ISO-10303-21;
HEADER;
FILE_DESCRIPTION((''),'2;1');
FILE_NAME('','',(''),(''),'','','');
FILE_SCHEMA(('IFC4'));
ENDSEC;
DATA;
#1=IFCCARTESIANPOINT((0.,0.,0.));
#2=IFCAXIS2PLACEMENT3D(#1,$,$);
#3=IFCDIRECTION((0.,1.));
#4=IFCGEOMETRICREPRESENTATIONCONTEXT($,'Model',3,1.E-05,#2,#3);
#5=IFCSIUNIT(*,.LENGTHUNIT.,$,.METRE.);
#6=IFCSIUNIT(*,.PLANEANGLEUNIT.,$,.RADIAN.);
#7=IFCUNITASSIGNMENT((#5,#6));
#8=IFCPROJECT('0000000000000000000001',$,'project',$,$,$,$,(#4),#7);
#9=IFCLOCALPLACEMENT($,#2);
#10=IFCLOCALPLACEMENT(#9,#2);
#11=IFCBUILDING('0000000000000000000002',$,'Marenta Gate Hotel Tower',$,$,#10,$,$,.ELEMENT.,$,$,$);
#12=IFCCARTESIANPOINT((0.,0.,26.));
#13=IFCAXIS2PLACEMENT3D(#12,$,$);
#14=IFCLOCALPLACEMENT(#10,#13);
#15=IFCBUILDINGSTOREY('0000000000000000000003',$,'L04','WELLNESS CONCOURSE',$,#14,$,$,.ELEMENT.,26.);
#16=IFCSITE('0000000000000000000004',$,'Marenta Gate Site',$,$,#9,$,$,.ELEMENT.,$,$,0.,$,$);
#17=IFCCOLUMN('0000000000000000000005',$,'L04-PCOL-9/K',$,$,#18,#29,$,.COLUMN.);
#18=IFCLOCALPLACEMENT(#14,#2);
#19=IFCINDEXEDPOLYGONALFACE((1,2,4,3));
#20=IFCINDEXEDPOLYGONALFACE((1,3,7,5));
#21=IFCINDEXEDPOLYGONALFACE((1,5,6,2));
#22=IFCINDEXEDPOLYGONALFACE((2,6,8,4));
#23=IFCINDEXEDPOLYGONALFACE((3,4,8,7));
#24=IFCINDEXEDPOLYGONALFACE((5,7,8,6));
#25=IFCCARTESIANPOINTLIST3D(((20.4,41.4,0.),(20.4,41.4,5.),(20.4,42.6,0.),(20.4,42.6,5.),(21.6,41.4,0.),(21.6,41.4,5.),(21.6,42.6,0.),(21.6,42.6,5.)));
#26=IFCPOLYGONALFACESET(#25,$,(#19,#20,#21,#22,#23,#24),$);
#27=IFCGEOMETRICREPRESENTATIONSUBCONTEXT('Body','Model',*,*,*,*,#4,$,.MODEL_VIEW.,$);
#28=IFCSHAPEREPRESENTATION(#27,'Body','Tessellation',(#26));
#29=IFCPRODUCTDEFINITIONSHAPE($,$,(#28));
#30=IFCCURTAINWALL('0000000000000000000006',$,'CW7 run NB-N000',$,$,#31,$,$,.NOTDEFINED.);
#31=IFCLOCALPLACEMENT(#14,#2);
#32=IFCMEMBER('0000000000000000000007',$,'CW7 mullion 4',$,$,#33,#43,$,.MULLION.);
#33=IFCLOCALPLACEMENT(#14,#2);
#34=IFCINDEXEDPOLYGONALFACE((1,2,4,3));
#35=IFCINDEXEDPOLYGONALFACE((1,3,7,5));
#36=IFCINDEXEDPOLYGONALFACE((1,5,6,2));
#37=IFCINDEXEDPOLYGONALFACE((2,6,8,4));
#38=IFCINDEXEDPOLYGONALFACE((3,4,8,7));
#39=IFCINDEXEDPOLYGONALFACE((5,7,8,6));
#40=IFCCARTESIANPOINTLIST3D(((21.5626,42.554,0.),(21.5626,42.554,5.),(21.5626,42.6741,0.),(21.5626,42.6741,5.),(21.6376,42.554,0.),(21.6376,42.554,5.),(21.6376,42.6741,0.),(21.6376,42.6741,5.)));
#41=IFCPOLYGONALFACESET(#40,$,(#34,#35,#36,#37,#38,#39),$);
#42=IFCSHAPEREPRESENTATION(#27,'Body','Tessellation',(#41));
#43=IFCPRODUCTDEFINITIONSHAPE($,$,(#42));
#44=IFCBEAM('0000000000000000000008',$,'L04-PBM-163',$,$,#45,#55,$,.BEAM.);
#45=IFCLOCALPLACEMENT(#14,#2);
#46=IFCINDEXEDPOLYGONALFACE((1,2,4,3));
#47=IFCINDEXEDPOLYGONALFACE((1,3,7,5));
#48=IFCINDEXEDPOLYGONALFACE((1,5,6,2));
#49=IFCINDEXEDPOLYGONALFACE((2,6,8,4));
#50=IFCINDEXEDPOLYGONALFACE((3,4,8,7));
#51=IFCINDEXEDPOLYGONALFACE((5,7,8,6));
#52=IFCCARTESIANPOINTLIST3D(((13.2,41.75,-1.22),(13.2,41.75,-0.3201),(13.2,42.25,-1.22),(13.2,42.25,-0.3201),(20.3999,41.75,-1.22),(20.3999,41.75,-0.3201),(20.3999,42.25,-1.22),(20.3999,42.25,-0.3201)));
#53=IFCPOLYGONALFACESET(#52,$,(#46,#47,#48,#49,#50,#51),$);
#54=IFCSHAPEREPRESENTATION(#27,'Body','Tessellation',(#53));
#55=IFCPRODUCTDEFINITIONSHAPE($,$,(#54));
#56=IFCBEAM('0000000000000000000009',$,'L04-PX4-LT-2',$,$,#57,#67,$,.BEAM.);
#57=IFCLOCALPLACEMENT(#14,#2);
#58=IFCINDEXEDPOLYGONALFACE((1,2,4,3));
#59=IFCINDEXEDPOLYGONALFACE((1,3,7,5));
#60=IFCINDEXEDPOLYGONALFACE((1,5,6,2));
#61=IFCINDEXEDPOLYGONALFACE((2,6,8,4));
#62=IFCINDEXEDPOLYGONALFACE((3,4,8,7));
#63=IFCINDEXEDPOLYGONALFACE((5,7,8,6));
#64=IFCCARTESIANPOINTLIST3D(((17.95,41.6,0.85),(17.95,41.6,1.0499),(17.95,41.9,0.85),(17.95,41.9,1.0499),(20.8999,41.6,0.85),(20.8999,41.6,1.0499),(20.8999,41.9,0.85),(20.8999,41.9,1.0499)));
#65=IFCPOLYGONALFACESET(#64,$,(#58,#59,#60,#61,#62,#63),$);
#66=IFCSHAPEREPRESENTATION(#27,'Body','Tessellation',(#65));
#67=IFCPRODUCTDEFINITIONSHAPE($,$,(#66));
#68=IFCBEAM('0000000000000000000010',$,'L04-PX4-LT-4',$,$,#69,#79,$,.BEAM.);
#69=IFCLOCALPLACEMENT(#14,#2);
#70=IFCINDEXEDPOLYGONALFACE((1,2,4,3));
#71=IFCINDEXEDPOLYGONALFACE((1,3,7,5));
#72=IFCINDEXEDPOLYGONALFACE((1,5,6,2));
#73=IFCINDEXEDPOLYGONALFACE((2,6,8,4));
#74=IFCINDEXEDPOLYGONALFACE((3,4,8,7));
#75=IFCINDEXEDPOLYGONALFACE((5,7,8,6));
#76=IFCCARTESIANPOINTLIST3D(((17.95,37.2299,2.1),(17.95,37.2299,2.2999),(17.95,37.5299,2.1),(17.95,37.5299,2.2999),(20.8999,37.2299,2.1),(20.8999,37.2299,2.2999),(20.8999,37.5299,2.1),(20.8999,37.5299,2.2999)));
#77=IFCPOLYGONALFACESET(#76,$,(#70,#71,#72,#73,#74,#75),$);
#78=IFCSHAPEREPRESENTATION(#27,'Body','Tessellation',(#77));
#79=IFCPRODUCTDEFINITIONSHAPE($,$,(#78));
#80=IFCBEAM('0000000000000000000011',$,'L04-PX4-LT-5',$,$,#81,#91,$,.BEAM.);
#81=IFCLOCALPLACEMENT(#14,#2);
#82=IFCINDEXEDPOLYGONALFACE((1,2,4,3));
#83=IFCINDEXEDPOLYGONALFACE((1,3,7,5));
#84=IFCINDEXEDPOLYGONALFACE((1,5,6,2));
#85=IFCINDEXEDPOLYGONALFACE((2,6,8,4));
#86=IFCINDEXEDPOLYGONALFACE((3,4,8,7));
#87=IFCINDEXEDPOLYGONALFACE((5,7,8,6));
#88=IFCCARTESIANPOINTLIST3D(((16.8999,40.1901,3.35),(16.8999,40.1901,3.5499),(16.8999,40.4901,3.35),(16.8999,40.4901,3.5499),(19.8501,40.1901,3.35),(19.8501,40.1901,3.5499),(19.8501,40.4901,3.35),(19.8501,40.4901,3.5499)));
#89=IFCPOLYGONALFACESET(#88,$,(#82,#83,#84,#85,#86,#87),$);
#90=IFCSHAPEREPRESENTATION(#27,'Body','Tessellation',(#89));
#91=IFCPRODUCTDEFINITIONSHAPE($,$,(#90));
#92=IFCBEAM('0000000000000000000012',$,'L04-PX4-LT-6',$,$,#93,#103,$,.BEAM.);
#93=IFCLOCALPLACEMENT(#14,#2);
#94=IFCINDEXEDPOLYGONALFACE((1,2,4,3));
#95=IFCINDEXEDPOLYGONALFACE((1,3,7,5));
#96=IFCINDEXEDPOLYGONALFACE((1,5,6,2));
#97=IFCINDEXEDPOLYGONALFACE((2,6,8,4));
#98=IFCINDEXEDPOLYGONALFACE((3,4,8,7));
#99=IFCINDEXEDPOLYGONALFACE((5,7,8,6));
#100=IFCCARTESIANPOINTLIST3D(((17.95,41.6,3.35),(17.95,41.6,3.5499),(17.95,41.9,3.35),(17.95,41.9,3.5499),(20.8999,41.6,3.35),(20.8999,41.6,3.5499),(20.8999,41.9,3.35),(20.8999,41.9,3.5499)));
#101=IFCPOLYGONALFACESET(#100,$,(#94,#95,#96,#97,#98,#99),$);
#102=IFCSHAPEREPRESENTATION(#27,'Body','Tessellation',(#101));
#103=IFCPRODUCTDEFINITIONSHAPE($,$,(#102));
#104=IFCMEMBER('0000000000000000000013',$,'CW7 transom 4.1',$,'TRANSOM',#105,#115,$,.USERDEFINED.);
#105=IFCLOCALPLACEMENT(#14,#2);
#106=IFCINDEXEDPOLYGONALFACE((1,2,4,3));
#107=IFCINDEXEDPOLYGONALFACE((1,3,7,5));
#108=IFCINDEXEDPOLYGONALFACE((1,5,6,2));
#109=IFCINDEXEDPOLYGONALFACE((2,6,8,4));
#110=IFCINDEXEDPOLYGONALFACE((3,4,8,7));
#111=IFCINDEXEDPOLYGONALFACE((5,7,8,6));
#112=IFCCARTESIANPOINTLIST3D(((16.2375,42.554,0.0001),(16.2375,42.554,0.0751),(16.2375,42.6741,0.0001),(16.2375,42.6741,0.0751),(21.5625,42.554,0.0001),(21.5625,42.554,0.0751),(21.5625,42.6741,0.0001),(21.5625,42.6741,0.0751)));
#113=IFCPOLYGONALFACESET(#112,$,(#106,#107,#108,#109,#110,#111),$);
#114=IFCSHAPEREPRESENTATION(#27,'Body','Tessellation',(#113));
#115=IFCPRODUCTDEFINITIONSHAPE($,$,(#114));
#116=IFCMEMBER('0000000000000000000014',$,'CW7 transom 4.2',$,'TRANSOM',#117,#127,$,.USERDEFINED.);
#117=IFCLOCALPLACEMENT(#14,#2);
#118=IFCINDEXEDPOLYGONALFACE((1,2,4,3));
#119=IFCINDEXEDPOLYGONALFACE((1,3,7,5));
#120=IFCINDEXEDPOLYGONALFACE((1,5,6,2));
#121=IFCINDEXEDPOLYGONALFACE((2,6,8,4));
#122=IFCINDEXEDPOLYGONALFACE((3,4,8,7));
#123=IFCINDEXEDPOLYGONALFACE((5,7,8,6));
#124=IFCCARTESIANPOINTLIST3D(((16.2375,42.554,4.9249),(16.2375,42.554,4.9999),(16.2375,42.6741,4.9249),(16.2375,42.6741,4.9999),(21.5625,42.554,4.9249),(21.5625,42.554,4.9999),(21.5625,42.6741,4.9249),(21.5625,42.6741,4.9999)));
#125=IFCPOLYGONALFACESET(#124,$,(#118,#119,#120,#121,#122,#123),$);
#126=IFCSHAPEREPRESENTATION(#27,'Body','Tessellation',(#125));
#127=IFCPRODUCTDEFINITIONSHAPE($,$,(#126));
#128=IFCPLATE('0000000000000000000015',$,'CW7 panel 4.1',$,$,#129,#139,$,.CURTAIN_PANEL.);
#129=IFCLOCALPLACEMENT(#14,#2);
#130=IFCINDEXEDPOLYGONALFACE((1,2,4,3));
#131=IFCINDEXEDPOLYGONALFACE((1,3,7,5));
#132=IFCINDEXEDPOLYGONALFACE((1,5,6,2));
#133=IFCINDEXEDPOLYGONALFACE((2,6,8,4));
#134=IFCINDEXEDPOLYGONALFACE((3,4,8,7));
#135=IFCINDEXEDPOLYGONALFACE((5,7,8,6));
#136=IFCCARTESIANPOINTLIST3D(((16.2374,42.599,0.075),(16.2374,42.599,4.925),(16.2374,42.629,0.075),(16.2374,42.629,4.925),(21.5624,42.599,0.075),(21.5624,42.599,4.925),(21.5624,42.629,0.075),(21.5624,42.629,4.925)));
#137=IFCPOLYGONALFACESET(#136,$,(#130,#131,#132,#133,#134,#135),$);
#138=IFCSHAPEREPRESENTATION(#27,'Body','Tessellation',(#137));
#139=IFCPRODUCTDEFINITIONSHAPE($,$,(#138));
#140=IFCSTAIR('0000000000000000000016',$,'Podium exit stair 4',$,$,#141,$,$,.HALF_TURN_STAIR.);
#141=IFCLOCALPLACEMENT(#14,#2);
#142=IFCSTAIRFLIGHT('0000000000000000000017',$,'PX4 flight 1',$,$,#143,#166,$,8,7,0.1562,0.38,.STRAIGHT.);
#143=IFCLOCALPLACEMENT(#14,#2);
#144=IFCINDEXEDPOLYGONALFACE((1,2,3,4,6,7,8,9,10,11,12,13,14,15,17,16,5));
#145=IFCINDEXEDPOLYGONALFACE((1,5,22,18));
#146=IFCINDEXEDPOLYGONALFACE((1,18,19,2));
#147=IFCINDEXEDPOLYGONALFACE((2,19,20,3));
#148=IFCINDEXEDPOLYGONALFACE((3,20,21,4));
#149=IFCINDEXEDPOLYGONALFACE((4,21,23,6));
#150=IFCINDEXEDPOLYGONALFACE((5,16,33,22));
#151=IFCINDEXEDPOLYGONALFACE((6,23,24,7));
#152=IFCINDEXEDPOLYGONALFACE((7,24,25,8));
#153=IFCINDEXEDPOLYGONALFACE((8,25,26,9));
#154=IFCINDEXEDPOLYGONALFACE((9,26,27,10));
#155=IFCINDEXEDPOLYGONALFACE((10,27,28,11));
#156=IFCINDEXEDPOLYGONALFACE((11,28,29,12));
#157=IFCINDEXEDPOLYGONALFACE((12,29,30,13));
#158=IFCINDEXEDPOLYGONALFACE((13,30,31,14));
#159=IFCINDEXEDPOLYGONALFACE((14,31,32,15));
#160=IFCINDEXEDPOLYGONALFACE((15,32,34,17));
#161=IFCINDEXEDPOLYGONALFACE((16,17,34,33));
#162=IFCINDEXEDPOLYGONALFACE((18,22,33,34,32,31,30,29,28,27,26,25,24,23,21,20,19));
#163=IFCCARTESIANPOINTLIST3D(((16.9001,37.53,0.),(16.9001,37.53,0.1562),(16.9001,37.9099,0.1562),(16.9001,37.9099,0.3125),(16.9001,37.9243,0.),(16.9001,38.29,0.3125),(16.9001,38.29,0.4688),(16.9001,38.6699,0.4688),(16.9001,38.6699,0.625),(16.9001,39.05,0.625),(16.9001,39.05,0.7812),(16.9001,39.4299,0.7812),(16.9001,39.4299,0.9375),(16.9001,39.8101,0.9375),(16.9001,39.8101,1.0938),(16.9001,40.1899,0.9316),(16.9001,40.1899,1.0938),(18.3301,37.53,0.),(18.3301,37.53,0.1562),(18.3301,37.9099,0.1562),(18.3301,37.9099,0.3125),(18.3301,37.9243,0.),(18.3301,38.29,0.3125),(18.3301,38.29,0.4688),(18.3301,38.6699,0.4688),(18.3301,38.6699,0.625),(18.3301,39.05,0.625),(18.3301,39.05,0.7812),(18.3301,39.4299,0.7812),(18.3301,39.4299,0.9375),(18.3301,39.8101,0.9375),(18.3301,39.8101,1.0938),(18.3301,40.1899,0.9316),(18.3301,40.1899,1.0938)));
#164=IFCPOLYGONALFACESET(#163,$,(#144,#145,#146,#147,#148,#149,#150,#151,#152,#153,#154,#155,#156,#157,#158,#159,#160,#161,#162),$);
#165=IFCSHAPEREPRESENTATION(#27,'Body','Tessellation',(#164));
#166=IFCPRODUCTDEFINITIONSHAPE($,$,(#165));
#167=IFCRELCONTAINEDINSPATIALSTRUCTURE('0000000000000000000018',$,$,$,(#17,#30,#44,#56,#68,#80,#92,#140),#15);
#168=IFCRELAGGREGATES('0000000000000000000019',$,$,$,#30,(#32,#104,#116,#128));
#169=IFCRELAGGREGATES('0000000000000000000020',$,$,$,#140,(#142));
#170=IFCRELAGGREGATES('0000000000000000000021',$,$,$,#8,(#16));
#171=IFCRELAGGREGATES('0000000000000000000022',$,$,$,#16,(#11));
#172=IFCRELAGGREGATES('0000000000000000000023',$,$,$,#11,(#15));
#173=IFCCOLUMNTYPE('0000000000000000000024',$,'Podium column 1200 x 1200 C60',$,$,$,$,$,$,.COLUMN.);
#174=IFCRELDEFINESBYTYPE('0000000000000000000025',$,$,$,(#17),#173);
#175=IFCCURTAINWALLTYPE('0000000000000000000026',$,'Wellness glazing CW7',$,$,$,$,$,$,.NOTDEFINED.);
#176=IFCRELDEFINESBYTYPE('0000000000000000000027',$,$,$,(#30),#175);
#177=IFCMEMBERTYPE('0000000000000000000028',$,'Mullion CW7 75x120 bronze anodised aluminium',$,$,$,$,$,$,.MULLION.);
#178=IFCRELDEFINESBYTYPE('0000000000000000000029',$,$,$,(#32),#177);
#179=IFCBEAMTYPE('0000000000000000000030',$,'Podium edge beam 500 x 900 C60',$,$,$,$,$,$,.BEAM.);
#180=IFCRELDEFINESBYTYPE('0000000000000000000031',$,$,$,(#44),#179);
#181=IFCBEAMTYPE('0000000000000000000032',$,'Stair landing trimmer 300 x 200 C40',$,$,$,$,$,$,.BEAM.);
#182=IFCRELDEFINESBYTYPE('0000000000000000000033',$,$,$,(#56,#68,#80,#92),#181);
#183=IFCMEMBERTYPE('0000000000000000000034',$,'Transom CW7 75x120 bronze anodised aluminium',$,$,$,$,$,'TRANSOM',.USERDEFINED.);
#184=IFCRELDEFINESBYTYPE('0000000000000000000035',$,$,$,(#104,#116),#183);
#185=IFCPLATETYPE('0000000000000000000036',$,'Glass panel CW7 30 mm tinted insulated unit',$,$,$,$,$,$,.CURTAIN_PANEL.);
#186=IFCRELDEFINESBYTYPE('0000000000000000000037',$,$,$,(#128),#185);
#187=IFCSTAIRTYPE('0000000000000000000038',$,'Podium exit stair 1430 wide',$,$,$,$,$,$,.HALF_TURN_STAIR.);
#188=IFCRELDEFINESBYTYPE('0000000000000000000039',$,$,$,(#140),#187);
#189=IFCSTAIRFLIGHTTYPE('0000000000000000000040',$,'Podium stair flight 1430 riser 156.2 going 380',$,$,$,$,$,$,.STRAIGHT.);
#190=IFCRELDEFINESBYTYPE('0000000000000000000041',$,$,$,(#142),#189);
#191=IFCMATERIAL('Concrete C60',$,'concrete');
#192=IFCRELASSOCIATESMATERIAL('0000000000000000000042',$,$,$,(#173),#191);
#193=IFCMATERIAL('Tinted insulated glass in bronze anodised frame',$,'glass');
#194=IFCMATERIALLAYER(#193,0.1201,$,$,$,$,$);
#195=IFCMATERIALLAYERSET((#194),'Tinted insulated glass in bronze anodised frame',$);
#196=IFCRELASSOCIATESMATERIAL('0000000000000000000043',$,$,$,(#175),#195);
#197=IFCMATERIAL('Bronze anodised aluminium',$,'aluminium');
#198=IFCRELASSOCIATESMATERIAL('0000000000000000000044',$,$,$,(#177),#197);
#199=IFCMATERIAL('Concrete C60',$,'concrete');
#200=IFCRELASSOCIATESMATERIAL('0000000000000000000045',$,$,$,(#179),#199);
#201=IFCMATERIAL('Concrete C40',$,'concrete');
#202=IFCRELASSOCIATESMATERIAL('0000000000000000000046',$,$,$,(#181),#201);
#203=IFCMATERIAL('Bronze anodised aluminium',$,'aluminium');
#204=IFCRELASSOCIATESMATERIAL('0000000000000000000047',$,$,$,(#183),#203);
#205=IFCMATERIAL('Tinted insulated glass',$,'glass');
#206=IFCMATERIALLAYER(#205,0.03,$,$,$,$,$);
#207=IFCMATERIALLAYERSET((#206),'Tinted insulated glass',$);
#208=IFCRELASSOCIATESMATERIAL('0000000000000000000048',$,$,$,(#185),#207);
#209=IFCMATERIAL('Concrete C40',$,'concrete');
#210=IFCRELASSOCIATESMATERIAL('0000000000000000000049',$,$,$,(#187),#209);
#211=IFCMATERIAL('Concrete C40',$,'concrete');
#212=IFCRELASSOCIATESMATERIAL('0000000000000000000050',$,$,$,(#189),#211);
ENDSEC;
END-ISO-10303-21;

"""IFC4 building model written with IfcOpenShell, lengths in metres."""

from ifc_helpers import new_model, si_unit, direction, frame, origin, origin_2d, place, context, subcontext, project, spatial, polyline, rectangle, outline, extrude, material, layer, layer_set, material_profile, profile_set, type_object, element, aggregate, save


model = new_model("IFC4")

# Units and contexts
model_context = context("Model", 3, precision=1e-05, world=origin(), true_north=direction((0.0, 1.0)))
body_context = subcontext(model_context, "Body", "Model", "MODEL_VIEW")
ifc_project = project(units=[si_unit("LENGTHUNIT", "METRE"), si_unit("PLANEANGLEUNIT", "RADIAN")], contexts=[model_context])

# Site, building, storey
site_placement = place(None, origin())
site = spatial("IfcSite", under=ifc_project, at=site_placement, Name="Marenta Gate Site", CompositionType="ELEMENT", RefElevation=0.0)
building_placement = place(site_placement, origin())
building = spatial("IfcBuilding", under=site, at=building_placement, Name="Marenta Gate Hotel Tower", CompositionType="ELEMENT")
storey_placement = place(building_placement, frame((0.0, 0.0, 26.0)))
storey = spatial("IfcBuildingStorey", under=building, at=storey_placement, Name="L04", Description="WELLNESS CONCOURSE", CompositionType="ELEMENT", Elevation=26.0)

# Column
ifc_material_1 = material(Name="Concrete C60", Category="concrete")
ifc_material_profile_1 = material_profile(ifc_material_1, rectangle(XDim=1.2, YDim=1.2, at=origin_2d()), Name="1200 x 1200")
ifc_profile_set_1 = profile_set([ifc_material_profile_1], Name="Concrete C60")
column_type = type_object("IfcColumnType", Name="Podium column 1200 x 1200 C60", PredefinedType="COLUMN", material=ifc_profile_set_1)
column_placement = place(storey_placement, frame((21.0, 42.0, 0.0), z_axis=(0.0, 0.0, 1.0), x_axis=(1.0, 0.0, 0.0)))
element("IfcColumn", 1, at=column_placement, inside=storey, type_object=column_type, Name="L04-PCOL-9/K", PredefinedType="COLUMN", context=body_context, shape_type="SweptSolid", body=[
    extrude(rectangle(XDim=1.2, YDim=1.2, at=origin_2d()), origin(), (0.0, 0.0, 1.0), 5.0),
])

# Curtain wall, member
ifc_material_2 = material(Name="Tinted insulated glass in bronze anodised frame", Category="glass")
ifc_layer_1 = layer(ifc_material_2, 0.1201)
ifc_layer_set_1 = layer_set([ifc_layer_1], Name="Tinted insulated glass in bronze anodised frame")
curtain_wall_type = type_object("IfcCurtainWallType", Name="Wellness glazing CW7", PredefinedType="NOTDEFINED", material=ifc_layer_set_1)
curtain_wall_placement = place(storey_placement, origin())
curtain_wall = element("IfcCurtainWall", 2, at=curtain_wall_placement, inside=storey, type_object=curtain_wall_type, Name="CW7 run NB-N000", PredefinedType="NOTDEFINED")
ifc_material_3 = material(Name="Bronze anodised aluminium", Category="aluminium")
ifc_material_profile_2 = material_profile(ifc_material_3, rectangle(XDim=0.1201, YDim=0.075, at=origin_2d()), Name="Mullion CW7 75x120 bronze anodised aluminium")
ifc_profile_set_2 = profile_set([ifc_material_profile_2], Name="Bronze anodised aluminium")
member_type_1 = type_object("IfcMemberType", Name="Mullion CW7 75x120 bronze anodised aluminium", PredefinedType="MULLION", material=ifc_profile_set_2)
member_1_placement = place(storey_placement, frame((21.6001, 42.614, 0.0), z_axis=(0.0, 0.0, 1.0), x_axis=(0.0, -1.0, 0.0)))
member_1 = element("IfcMember", 3, at=member_1_placement, type_object=member_type_1, Name="CW7 mullion 4", PredefinedType="MULLION", context=body_context, shape_type="SweptSolid", body=[
    extrude(rectangle(XDim=0.1201, YDim=0.075, at=origin_2d()), origin(), (0.0, 0.0, 1.0), 5.0),
])

# Beams
ifc_material_4 = material(Name="Concrete C60", Category="concrete")
ifc_material_profile_3 = material_profile(ifc_material_4, rectangle(XDim=0.5, YDim=0.8999, at=origin_2d()), Name="500 x 900")
ifc_profile_set_3 = profile_set([ifc_material_profile_3], Name="Concrete C60")
beam_type_1 = type_object("IfcBeamType", Name="Podium edge beam 500 x 900 C60", PredefinedType="BEAM", material=ifc_profile_set_3)
beam_1_placement = place(storey_placement, frame((20.3999, 42.0, -0.77), z_axis=(-1.0, 0.0, 0.0), x_axis=(0.0, -1.0, 0.0)))
element("IfcBeam", 4, at=beam_1_placement, inside=storey, type_object=beam_type_1, Name="L04-PBM-163", PredefinedType="BEAM", context=body_context, shape_type="SweptSolid", body=[
    extrude(rectangle(XDim=0.5, YDim=0.8999, at=origin_2d()), origin(), (0.0, 0.0, 1.0), 7.2),
])
ifc_material_5 = material(Name="Concrete C40", Category="concrete")
ifc_material_profile_4 = material_profile(ifc_material_5, rectangle(XDim=0.3, YDim=0.2, at=origin_2d()), Name="300 x 200")
ifc_profile_set_4 = profile_set([ifc_material_profile_4], Name="Concrete C40")
beam_type_2 = type_object("IfcBeamType", Name="Stair landing trimmer 300 x 200 C40", PredefinedType="BEAM", material=ifc_profile_set_4)
for number, where, z_axis, x_axis, name in (
    (5, (17.95, 41.75, 0.95), (1.0, 0.0, 0.0), (0.0, 1.0, 0.0), "L04-PX4-LT-2"),
    (6, (17.95, 37.3799, 2.2), (1.0, 0.0, 0.0), (0.0, 1.0, 0.0), "L04-PX4-LT-4"),
):
    element("IfcBeam", number, at=place(storey_placement, frame(where, z_axis=z_axis, x_axis=x_axis)), inside=storey, type_object=beam_type_2, Name=name, PredefinedType="BEAM", context=body_context, shape_type="SweptSolid", body=[
        extrude(rectangle(XDim=0.3, YDim=0.2, at=origin_2d()), origin(), (0.0, 0.0, 1.0), 2.95),
    ])
beam_2_placement = place(storey_placement, frame((16.8999, 40.3401, 3.45), z_axis=(1.0, 0.0, 0.0), x_axis=(0.0, 1.0, 0.0)))
element("IfcBeam", 7, at=beam_2_placement, inside=storey, type_object=beam_type_2, Name="L04-PX4-LT-5", PredefinedType="BEAM", context=body_context, shape_type="SweptSolid", body=[
    extrude(rectangle(XDim=0.3, YDim=0.2, at=origin_2d()), origin(), (0.0, 0.0, 1.0), 2.9502),
])
beam_3_placement = place(storey_placement, frame((17.95, 41.75, 3.45), z_axis=(1.0, 0.0, 0.0), x_axis=(0.0, 1.0, 0.0)))
element("IfcBeam", 8, at=beam_3_placement, inside=storey, type_object=beam_type_2, Name="L04-PX4-LT-6", PredefinedType="BEAM", context=body_context, shape_type="SweptSolid", body=[
    extrude(rectangle(XDim=0.3, YDim=0.2, at=origin_2d()), origin(), (0.0, 0.0, 1.0), 2.95),
])

# Members
ifc_material_6 = material(Name="Bronze anodised aluminium", Category="aluminium")
ifc_material_profile_5 = material_profile(ifc_material_6, rectangle(XDim=0.1201, YDim=0.075, at=origin_2d()), Name="Transom CW7 75x120 bronze anodised aluminium")
ifc_profile_set_5 = profile_set([ifc_material_profile_5], Name="Bronze anodised aluminium")
member_type_2 = type_object("IfcMemberType", Name="Transom CW7 75x120 bronze anodised aluminium", ElementType="TRANSOM", PredefinedType="USERDEFINED", material=ifc_profile_set_5)
member_2_placement = place(storey_placement, frame((21.5625, 42.614, 0.0376), z_axis=(-1.0, 0.0, 0.0), x_axis=(0.0, -1.0, 0.0)))
member_2 = element("IfcMember", 9, at=member_2_placement, type_object=member_type_2, Name="CW7 transom 4.1", ObjectType="TRANSOM", PredefinedType="USERDEFINED", context=body_context, shape_type="SweptSolid", body=[
    extrude(rectangle(XDim=0.1201, YDim=0.075, at=origin_2d()), origin(), (0.0, 0.0, 1.0), 5.325),
])
member_3_placement = place(storey_placement, frame((21.5625, 42.614, 4.9624), z_axis=(-1.0, 0.0, 0.0), x_axis=(0.0, -1.0, 0.0)))
member_3 = element("IfcMember", 10, at=member_3_placement, type_object=member_type_2, Name="CW7 transom 4.2", ObjectType="TRANSOM", PredefinedType="USERDEFINED", context=body_context, shape_type="SweptSolid", body=[
    extrude(rectangle(XDim=0.1201, YDim=0.075, at=origin_2d()), origin(), (0.0, 0.0, 1.0), 5.325),
])

# Plate
ifc_material_7 = material(Name="Tinted insulated glass", Category="glass")
ifc_layer_2 = layer(ifc_material_7, 0.03)
ifc_layer_set_2 = layer_set([ifc_layer_2], Name="Tinted insulated glass")
plate_type = type_object("IfcPlateType", Name="Glass panel CW7 30 mm tinted insulated unit", PredefinedType="CURTAIN_PANEL", material=ifc_layer_set_2)
plate_placement = place(storey_placement, frame((18.8999, 42.614, 0.075), z_axis=(0.0, 0.0, 1.0), x_axis=(-1.0, 0.0, 0.0)))
plate = element("IfcPlate", 11, at=plate_placement, type_object=plate_type, Name="CW7 panel 4.1", PredefinedType="CURTAIN_PANEL", context=body_context, shape_type="SweptSolid", body=[
    extrude(rectangle(XDim=5.325, YDim=0.03, at=origin_2d()), origin(), (0.0, 0.0, 1.0), 4.8501),
])
aggregate(curtain_wall, [member_1, member_2, member_3, plate])

# Stair, stair flight
ifc_material_8 = material(Name="Concrete C40", Category="concrete")
stair_type = type_object("IfcStairType", Name="Podium exit stair 1430 wide", PredefinedType="HALF_TURN_STAIR", material=ifc_material_8)
stair_placement = place(storey_placement, origin())
stair = element("IfcStair", 12, at=stair_placement, inside=storey, type_object=stair_type, Name="Podium exit stair 4", PredefinedType="HALF_TURN_STAIR")
ifc_material_9 = material(Name="Concrete C40", Category="concrete")
stair_flight_type = type_object("IfcStairFlightType", Name="Podium stair flight 1430 riser 156.2 going 380", PredefinedType="STRAIGHT", material=ifc_material_9)
stair_flight_1_placement = place(storey_placement, frame((17.615, 37.53, 0.0), z_axis=(0.0, 0.0, 1.0), x_axis=(0.0, 1.0, 0.0)))
stair_flight_1 = element("IfcStairFlight", 13, at=stair_flight_1_placement, type_object=stair_flight_type, Name="PX4 flight 1", NumberOfRisers=8, NumberOfTreads=7, PredefinedType="STRAIGHT", RiserHeight=0.1562, TreadLength=0.38, context=body_context, shape_type="SweptSolid", body=[
    extrude(outline(polyline([(0.0, 0.0), (0.0, 0.1562), (0.3799, 0.1562), (0.3799, 0.3125), (0.76, 0.3125), (0.76, 0.4688), (1.1399, 0.4688), (1.1399, 0.625), (1.52, 0.625), (1.52, 0.7812), (1.8999, 0.7812), (1.8999, 0.9375), (2.28, 0.9375), (2.28, 1.0938), (2.6599, 1.0938), (2.6599, 1.25), (2.6599, 0.9316), (0.3943, 0.0), (0.0, 0.0)])), frame((0.0, 0.7148, 0.0), z_axis=(0.0, -1.0, 0.0), x_axis=(1.0, 0.0, 0.0)), (0.0, 0.0, 1.0), 1.4299),
])
aggregate(stair, [stair_flight_1])

save(model, "model.ifc")
